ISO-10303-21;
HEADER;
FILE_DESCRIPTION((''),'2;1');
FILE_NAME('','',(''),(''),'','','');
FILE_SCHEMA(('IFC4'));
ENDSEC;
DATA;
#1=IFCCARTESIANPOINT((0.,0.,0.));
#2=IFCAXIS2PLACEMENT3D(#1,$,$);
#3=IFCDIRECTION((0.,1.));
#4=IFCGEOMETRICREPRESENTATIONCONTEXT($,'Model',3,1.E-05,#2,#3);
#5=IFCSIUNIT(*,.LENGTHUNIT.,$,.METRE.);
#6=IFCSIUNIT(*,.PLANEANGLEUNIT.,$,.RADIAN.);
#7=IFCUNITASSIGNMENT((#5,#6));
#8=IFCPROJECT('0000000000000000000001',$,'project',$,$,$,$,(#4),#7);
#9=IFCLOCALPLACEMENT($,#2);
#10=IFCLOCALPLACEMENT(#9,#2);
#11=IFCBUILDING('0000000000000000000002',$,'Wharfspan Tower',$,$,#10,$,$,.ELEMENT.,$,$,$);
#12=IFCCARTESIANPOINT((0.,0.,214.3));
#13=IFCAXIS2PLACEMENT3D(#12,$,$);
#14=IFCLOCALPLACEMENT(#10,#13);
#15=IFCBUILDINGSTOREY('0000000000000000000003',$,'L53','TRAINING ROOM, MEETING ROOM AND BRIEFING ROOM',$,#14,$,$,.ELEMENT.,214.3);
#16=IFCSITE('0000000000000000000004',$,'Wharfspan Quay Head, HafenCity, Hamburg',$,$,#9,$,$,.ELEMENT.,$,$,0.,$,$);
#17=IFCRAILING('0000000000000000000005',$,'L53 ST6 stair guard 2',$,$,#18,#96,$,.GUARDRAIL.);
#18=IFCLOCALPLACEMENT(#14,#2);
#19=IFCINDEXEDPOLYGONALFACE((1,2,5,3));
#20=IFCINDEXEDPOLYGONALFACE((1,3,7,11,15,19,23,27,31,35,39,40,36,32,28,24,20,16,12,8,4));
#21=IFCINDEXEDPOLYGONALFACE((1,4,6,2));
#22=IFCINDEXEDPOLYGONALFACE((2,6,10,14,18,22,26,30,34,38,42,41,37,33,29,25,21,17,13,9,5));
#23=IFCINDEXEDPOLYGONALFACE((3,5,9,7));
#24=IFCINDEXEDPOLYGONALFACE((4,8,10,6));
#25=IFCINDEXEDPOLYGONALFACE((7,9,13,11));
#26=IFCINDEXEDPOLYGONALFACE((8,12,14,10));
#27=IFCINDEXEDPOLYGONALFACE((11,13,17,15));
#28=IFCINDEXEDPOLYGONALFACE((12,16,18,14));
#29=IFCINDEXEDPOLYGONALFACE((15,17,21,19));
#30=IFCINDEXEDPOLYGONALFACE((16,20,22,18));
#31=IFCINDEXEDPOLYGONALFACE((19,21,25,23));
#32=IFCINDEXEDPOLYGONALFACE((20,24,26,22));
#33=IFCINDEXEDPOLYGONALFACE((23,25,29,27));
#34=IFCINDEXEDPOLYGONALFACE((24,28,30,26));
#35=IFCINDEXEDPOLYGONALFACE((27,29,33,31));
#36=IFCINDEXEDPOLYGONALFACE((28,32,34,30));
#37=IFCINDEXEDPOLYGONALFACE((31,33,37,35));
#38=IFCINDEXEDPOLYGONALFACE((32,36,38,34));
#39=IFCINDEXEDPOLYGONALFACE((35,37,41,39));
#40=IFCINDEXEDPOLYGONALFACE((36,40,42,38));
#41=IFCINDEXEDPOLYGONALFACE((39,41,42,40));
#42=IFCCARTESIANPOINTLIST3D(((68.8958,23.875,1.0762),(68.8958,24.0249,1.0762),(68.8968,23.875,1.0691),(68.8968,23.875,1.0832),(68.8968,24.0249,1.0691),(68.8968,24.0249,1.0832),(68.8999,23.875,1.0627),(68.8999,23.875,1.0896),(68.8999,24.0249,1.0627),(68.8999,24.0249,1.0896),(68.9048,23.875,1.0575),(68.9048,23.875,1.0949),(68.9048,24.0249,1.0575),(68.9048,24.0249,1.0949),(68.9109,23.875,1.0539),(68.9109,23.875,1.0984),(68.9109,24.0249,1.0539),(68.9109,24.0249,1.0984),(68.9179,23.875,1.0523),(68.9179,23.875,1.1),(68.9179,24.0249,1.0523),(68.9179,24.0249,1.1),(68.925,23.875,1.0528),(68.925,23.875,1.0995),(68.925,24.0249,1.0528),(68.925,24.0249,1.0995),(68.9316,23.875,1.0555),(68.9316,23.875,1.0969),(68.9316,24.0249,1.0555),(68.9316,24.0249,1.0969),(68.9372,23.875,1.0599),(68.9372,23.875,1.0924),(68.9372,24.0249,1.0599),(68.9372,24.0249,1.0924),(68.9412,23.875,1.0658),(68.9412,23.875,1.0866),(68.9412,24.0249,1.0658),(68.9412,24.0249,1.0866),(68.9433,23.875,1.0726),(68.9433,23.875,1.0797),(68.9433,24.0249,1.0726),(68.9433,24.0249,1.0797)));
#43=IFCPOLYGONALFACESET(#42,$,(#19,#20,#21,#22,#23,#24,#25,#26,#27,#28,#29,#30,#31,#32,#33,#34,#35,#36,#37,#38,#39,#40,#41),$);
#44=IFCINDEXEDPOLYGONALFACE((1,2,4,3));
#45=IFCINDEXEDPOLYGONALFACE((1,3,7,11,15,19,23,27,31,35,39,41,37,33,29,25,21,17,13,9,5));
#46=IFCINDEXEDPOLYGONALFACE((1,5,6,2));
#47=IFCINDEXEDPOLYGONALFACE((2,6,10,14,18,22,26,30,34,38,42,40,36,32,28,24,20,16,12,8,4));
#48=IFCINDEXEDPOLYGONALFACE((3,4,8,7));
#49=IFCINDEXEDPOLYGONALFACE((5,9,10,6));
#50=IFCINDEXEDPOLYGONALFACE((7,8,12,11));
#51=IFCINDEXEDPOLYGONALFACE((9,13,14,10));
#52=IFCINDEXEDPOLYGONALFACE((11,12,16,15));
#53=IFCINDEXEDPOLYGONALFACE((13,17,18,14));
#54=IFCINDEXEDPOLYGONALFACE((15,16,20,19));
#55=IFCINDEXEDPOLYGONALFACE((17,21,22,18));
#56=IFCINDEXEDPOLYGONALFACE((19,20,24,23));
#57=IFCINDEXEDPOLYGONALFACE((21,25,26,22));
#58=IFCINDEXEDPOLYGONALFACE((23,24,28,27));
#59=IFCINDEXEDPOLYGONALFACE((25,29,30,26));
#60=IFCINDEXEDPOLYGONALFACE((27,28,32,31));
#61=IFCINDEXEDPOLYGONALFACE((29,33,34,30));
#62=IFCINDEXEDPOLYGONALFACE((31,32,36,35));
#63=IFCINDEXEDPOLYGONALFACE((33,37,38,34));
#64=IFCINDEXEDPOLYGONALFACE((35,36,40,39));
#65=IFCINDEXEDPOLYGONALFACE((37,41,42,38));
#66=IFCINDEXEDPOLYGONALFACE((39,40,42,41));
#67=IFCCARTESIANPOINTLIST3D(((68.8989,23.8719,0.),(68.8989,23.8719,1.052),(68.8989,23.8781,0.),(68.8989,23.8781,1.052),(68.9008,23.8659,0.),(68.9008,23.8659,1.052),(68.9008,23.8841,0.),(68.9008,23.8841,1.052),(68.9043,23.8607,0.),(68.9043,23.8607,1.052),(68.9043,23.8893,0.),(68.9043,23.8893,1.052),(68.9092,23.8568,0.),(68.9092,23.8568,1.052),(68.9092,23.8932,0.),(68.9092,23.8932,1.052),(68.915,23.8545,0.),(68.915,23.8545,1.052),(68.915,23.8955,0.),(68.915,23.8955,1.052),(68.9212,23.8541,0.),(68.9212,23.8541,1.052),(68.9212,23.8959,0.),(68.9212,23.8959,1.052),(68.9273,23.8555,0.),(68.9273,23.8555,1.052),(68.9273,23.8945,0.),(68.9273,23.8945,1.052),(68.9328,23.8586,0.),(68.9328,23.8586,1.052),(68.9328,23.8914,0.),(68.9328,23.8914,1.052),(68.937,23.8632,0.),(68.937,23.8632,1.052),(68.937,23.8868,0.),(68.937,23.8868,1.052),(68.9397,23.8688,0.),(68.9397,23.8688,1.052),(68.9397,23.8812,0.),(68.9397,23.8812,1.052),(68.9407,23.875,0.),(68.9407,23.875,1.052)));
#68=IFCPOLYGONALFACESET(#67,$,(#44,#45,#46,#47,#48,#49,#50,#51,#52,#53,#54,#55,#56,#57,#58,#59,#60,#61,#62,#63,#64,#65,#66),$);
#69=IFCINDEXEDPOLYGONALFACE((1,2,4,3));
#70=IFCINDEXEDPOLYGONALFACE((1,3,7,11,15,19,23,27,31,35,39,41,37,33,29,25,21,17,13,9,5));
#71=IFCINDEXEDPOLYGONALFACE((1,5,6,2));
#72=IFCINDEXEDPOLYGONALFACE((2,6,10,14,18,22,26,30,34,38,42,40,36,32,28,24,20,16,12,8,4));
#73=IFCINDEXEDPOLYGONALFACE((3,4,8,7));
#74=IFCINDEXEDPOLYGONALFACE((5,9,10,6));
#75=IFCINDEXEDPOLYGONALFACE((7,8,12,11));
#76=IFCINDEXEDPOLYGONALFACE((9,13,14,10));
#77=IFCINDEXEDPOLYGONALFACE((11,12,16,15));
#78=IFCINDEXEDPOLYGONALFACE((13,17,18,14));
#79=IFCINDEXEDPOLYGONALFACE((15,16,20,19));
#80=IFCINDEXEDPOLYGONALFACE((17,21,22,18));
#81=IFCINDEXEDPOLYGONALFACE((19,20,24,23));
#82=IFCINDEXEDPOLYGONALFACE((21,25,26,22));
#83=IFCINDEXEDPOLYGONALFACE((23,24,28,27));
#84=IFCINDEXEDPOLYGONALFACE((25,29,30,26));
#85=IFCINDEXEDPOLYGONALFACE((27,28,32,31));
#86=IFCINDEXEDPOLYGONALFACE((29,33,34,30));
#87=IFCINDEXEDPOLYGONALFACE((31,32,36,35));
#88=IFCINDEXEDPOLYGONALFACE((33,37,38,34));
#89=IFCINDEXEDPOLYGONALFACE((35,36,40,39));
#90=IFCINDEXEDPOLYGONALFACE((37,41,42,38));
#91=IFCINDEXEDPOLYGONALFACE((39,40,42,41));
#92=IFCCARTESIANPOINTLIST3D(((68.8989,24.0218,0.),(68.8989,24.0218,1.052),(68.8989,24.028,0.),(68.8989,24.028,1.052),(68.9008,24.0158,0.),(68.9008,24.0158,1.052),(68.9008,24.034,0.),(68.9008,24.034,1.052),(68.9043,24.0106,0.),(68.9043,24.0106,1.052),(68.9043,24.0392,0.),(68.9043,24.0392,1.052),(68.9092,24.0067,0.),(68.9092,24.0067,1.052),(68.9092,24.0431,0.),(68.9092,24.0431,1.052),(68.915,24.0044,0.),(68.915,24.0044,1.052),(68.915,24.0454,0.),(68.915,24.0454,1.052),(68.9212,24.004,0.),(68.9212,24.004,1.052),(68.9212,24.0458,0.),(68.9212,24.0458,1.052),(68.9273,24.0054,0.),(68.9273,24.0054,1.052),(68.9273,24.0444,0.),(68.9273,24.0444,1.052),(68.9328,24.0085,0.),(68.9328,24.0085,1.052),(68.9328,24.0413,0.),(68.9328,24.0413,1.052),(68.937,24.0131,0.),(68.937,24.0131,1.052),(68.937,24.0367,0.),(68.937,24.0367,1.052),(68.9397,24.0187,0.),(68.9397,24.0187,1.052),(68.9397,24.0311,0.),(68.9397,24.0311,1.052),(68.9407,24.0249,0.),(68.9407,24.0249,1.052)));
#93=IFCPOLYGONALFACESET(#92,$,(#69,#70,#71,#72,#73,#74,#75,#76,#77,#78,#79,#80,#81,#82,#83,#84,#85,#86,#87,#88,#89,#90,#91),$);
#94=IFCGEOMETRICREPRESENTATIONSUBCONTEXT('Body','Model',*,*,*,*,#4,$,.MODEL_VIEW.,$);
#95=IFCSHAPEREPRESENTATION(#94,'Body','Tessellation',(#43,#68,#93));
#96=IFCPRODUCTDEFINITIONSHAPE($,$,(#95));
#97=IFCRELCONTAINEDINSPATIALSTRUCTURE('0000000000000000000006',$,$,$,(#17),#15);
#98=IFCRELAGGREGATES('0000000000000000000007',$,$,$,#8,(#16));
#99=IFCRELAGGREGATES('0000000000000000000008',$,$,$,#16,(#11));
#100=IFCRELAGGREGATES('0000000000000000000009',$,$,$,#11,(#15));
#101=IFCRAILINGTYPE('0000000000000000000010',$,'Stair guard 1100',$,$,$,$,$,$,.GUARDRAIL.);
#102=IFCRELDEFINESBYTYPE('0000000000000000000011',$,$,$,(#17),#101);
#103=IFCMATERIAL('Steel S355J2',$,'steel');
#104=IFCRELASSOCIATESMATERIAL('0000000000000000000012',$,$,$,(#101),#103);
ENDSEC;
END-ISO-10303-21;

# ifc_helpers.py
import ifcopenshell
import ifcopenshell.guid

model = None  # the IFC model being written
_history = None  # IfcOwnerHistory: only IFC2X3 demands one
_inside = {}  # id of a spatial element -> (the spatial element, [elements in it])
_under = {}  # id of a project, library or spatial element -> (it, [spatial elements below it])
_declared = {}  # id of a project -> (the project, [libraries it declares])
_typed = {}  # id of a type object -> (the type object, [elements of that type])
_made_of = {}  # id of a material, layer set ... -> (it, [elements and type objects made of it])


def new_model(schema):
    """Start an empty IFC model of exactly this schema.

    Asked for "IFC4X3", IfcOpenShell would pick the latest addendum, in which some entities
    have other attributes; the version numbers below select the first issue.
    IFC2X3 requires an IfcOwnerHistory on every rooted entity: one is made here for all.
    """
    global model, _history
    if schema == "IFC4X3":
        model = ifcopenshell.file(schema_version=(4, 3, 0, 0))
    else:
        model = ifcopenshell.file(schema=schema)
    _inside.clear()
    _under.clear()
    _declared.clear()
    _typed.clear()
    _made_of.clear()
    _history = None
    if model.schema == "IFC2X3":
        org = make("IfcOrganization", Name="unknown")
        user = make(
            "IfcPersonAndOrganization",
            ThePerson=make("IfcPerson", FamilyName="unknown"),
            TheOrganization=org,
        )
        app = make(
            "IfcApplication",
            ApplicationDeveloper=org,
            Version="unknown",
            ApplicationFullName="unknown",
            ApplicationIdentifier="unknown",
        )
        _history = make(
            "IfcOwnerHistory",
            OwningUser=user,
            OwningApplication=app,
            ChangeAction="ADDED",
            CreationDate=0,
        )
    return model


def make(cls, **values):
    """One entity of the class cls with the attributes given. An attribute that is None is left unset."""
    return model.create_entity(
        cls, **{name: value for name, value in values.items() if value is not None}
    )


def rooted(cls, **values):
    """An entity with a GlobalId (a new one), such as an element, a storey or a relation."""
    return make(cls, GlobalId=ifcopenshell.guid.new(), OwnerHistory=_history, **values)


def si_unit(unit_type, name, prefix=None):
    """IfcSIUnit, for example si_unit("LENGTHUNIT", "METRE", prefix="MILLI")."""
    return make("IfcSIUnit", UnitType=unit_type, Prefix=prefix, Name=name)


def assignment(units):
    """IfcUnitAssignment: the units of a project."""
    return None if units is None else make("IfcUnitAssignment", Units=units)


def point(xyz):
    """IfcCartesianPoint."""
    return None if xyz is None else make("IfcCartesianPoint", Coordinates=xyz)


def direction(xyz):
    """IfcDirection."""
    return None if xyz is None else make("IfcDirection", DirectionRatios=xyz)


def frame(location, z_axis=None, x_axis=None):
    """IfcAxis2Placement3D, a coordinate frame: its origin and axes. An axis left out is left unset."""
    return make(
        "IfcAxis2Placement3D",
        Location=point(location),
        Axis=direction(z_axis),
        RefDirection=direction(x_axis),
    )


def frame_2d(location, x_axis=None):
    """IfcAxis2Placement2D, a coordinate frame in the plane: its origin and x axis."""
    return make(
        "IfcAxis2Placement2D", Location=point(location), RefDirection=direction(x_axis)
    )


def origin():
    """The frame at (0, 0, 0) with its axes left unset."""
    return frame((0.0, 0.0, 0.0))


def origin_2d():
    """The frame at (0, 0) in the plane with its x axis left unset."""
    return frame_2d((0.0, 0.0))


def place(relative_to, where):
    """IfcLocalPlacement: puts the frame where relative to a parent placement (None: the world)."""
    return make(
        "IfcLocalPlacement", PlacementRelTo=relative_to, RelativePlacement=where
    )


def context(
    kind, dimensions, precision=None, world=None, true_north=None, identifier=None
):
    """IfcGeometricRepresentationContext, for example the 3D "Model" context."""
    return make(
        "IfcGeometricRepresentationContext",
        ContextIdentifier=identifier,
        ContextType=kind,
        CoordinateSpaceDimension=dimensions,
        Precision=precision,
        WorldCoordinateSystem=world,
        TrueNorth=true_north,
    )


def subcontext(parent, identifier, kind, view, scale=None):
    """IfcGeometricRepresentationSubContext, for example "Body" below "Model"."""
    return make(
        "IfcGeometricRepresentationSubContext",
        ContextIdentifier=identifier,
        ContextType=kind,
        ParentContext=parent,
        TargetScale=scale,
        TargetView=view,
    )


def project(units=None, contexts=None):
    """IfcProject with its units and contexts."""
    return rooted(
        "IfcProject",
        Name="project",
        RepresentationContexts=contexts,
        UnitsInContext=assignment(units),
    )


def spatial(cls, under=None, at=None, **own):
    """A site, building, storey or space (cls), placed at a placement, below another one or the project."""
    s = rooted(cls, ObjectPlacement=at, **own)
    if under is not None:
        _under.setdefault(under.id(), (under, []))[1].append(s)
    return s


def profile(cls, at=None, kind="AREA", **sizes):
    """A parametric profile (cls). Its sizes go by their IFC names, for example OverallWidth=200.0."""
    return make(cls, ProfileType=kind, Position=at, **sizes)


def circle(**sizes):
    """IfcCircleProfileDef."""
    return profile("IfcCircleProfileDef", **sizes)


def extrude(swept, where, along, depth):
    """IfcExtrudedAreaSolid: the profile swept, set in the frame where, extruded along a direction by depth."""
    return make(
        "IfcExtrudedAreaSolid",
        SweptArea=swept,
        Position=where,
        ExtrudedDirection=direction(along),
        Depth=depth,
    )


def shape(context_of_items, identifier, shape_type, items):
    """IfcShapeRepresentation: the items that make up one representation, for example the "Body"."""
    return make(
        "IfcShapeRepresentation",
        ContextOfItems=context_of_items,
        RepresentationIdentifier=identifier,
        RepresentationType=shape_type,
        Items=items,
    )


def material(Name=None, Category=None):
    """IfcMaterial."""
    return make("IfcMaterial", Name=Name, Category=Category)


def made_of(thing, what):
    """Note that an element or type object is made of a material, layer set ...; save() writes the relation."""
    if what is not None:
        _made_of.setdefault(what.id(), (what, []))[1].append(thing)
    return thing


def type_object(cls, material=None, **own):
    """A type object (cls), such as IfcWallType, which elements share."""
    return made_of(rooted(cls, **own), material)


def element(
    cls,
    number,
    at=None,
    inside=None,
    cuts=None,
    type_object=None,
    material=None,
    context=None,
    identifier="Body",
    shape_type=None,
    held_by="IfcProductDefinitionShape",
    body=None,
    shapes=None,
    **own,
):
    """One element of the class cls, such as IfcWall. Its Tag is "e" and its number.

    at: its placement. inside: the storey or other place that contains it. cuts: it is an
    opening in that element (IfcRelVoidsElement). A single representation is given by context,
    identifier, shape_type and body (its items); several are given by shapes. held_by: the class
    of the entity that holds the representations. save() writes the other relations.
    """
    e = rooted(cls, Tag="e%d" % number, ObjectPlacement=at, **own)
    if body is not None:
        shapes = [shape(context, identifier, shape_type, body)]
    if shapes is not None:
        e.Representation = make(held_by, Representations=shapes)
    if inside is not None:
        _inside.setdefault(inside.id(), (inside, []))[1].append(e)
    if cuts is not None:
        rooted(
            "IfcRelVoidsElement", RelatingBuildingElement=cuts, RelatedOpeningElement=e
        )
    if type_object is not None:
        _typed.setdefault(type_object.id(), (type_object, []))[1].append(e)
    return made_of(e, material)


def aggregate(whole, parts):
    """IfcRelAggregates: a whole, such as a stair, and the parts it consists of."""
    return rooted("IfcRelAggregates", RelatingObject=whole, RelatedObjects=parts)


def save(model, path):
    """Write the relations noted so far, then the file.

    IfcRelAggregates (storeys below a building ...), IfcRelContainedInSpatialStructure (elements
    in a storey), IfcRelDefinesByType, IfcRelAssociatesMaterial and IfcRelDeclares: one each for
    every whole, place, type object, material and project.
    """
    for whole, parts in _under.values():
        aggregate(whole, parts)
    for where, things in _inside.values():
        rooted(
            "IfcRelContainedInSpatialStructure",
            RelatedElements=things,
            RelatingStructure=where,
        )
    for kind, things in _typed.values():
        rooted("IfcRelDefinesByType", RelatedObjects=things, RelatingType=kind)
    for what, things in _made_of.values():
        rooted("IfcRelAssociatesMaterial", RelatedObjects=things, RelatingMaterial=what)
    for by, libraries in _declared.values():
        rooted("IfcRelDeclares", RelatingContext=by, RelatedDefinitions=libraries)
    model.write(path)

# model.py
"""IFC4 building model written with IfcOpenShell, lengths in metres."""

from ifc_helpers import new_model, si_unit, direction, frame, origin, origin_2d, place, context, subcontext, project, spatial, circle, extrude, material, type_object, element, save


model = new_model("IFC4")

# Units and contexts
model_context = context("Model", 3, precision=1e-05, world=origin(), true_north=direction((0.0, 1.0)))
body_context = subcontext(model_context, "Body", "Model", "MODEL_VIEW")
ifc_project = project(units=[si_unit("LENGTHUNIT", "METRE"), si_unit("PLANEANGLEUNIT", "RADIAN")], contexts=[model_context])

# Site, building, storey
site_placement = place(None, origin())
site = spatial("IfcSite", under=ifc_project, at=site_placement, Name="Wharfspan Quay Head, HafenCity, Hamburg", CompositionType="ELEMENT", RefElevation=0.0)
building_placement = place(site_placement, origin())
building = spatial("IfcBuilding", under=site, at=building_placement, Name="Wharfspan Tower", CompositionType="ELEMENT")
storey_placement = place(building_placement, frame((0.0, 0.0, 214.3)))
storey = spatial("IfcBuildingStorey", under=building, at=storey_placement, Name="L53", Description="TRAINING ROOM, MEETING ROOM AND BRIEFING ROOM", CompositionType="ELEMENT", Elevation=214.3)

# Railing
ifc_material_1 = material(Name="Steel S355J2", Category="steel")
railing_type_1 = type_object("IfcRailingType", Name="Stair guard 1100", PredefinedType="GUARDRAIL", material=ifc_material_1)
railing_1_placement = place(storey_placement, frame((68.9197, 23.875, 0.0)))
element("IfcRailing", 1, at=railing_1_placement, inside=storey, type_object=railing_type_1, Name="L53 ST6 stair guard 2", PredefinedType="GUARDRAIL", context=body_context, shape_type="SweptSolid", body=[
    extrude(circle(Radius=0.0239, at=origin_2d()), frame((0.0, 0.0, 1.0762), z_axis=(0.0, 1.0, 0.0), x_axis=(-1.0, 0.0, 0.0)), (0.0, 0.0, 1.0), 0.1499),
    extrude(circle(Radius=0.021, at=origin_2d()), origin(), (0.0, 0.0, 1.0), 1.052),
    extrude(circle(Radius=0.021, at=origin_2d()), frame((0.0, 0.1499, 0.0)), (0.0, 0.0, 1.0), 1.052),
])

save(model, "model.ifc")
